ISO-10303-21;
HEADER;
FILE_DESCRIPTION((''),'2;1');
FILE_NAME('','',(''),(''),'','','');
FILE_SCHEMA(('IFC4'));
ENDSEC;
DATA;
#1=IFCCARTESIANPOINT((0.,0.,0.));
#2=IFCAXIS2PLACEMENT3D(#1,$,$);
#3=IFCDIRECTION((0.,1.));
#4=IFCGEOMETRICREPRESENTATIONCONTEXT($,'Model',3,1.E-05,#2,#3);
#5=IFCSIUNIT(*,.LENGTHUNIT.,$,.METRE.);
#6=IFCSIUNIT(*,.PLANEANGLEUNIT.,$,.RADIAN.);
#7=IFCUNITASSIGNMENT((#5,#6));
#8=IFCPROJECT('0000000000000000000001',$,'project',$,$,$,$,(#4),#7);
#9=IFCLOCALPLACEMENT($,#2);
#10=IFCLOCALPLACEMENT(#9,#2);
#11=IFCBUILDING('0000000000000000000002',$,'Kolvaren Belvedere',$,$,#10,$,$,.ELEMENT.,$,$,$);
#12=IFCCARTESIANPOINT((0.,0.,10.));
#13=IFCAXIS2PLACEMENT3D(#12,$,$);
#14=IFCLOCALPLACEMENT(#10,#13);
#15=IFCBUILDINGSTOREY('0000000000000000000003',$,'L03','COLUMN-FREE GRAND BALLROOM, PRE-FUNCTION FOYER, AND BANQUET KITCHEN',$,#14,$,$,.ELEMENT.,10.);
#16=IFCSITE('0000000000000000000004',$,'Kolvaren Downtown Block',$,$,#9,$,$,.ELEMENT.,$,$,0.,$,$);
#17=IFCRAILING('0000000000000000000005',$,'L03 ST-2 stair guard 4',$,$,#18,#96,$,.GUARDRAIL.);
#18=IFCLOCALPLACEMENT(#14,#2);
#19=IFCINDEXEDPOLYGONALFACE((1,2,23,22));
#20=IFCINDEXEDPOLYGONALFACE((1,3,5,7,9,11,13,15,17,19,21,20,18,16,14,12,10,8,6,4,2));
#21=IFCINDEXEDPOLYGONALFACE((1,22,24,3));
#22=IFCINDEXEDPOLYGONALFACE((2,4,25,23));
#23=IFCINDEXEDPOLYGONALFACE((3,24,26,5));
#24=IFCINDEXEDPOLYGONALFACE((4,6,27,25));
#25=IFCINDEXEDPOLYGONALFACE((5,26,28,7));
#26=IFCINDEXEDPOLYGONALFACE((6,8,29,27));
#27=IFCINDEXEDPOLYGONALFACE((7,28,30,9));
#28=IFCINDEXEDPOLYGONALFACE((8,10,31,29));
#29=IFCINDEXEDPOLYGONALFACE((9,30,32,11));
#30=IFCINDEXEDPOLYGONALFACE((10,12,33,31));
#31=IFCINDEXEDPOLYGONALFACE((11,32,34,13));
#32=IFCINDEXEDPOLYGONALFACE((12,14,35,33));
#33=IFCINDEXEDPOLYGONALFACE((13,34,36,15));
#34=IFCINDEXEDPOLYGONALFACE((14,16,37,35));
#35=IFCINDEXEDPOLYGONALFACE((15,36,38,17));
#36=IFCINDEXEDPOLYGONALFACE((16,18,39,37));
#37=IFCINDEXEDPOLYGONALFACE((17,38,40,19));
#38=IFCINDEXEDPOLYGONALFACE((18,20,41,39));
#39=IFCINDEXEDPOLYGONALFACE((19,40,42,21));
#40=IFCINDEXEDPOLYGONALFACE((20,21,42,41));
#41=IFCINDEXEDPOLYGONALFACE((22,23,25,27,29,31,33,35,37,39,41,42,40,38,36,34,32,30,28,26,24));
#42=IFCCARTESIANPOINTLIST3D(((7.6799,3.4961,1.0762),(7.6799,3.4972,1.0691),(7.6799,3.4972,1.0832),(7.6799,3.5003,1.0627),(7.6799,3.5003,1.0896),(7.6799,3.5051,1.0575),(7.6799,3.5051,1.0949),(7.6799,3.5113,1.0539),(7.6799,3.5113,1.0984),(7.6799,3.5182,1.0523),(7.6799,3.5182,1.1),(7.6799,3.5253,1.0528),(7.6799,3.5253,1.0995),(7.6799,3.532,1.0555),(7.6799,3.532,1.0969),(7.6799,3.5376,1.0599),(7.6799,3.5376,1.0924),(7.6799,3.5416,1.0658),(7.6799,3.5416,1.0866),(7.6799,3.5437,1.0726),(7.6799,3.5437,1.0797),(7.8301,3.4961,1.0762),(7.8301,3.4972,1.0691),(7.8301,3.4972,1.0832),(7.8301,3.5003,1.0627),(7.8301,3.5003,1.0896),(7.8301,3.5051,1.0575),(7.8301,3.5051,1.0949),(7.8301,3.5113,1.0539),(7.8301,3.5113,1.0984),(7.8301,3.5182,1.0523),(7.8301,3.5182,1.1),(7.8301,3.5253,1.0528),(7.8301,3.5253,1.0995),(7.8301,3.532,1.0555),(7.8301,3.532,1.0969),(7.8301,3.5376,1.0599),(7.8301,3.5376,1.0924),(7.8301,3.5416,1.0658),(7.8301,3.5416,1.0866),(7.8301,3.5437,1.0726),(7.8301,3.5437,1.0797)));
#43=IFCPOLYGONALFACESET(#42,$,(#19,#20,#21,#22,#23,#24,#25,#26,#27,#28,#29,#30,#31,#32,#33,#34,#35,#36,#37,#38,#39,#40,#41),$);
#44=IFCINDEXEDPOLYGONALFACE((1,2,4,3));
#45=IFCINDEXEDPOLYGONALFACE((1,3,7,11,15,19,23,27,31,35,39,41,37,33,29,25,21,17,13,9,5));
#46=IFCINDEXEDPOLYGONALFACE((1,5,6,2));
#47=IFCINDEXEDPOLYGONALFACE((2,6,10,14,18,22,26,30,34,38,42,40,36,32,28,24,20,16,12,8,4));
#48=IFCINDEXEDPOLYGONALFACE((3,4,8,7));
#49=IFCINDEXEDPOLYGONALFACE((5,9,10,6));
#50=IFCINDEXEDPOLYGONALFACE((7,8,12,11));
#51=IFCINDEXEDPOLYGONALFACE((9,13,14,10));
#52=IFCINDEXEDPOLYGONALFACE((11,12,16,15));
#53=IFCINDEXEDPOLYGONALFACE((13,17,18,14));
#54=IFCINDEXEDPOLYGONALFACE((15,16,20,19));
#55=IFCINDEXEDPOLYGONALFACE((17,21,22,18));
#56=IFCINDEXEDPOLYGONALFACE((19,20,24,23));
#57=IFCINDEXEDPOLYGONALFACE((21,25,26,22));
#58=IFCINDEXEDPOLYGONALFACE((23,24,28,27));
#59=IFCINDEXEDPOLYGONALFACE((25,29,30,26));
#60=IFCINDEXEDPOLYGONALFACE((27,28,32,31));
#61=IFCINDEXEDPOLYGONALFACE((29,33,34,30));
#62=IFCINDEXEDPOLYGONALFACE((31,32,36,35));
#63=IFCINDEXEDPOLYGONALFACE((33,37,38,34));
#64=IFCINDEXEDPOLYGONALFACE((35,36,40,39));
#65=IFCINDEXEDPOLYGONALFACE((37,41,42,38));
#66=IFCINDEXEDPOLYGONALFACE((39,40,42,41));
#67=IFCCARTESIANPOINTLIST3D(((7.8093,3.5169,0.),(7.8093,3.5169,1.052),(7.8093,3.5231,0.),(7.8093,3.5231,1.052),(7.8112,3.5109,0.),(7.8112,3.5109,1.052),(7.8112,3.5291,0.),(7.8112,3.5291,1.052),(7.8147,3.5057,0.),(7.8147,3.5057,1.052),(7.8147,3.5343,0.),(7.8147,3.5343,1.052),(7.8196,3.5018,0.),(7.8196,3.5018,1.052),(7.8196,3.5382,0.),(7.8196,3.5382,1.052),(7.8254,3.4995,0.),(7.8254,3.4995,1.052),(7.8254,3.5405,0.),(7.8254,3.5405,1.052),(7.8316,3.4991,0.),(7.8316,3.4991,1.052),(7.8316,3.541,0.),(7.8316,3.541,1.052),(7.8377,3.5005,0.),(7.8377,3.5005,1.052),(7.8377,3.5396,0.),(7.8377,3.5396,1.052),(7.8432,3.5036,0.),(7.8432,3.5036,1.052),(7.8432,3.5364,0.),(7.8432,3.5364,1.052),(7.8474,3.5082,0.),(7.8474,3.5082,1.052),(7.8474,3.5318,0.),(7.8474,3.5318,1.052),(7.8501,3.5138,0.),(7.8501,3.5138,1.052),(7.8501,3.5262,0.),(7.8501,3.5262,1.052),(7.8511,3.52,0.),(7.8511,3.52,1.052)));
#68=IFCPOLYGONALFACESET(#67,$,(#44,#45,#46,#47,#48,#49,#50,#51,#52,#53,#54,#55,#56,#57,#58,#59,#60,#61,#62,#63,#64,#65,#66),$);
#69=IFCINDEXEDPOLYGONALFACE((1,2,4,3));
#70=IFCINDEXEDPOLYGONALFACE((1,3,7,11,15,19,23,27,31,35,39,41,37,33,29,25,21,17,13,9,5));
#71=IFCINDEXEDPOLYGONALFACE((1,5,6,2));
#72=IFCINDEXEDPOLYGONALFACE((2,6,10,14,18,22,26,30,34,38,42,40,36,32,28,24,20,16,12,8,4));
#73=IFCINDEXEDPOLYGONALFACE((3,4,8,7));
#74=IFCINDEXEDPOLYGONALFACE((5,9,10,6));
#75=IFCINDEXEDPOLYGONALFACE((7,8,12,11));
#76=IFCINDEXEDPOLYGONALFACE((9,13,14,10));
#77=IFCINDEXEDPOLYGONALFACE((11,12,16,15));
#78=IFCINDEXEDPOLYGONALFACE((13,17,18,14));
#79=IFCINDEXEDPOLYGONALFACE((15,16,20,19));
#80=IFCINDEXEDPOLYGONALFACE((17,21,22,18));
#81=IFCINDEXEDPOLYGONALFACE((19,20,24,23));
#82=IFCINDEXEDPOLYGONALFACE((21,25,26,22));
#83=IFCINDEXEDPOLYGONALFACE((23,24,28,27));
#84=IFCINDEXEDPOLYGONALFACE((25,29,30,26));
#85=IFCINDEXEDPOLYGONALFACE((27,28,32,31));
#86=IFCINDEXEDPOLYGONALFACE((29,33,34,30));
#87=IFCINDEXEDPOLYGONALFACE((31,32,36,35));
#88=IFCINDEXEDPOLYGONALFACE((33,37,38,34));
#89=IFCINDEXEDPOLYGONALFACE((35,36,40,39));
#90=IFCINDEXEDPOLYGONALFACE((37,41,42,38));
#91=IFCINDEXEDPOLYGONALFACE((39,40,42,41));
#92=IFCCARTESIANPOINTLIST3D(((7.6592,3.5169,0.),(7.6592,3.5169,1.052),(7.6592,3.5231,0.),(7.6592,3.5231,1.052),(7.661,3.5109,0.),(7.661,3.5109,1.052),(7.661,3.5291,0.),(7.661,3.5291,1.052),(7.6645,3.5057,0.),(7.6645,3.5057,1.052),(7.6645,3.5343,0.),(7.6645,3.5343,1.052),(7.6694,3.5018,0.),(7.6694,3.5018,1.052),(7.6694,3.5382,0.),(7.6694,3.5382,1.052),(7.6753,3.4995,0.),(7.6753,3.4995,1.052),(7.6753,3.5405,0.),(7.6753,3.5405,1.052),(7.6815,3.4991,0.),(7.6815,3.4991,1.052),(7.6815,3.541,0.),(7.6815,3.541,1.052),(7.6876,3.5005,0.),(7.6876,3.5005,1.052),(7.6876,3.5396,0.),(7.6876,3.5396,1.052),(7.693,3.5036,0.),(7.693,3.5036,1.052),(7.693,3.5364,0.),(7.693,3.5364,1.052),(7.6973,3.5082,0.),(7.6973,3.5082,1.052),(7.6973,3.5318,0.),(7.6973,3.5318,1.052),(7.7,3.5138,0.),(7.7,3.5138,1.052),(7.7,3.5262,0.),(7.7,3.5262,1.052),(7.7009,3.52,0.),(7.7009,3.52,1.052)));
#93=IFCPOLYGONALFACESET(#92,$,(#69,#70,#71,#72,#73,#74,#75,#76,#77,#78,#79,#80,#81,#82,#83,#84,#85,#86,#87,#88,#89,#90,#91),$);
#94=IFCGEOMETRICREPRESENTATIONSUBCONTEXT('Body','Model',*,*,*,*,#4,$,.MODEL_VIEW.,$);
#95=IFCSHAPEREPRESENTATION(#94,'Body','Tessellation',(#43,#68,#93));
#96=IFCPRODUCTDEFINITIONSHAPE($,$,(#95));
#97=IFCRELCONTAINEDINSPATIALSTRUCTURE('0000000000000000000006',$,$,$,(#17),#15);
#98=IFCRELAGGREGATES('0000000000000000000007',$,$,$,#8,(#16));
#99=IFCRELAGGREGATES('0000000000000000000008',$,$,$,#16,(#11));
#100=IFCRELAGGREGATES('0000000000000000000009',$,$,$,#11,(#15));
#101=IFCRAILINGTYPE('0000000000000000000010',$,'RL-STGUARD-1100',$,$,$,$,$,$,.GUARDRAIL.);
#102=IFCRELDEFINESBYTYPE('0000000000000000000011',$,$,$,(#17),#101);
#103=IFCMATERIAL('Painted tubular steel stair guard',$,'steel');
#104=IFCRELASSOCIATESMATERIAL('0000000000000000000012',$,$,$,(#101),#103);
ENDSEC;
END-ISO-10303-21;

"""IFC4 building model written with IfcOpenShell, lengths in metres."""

from ifc_helpers import new_model, si_unit, direction, frame, origin, origin_2d, place, context, subcontext, project, spatial, circle, extrude, material, type_object, element, save


model = new_model("IFC4")

# Units and contexts
model_context = context("Model", 3, precision=1e-05, world=origin(), true_north=direction((0.0, 1.0)))
body_context = subcontext(model_context, "Body", "Model", "MODEL_VIEW")
ifc_project = project(units=[si_unit("LENGTHUNIT", "METRE"), si_unit("PLANEANGLEUNIT", "RADIAN")], contexts=[model_context])

# Site, building, storey
site_placement = place(None, origin())
site = spatial("IfcSite", under=ifc_project, at=site_placement, Name="Kolvaren Downtown Block", CompositionType="ELEMENT", RefElevation=0.0)
building_placement = place(site_placement, origin())
building = spatial("IfcBuilding", under=site, at=building_placement, Name="Kolvaren Belvedere", CompositionType="ELEMENT")
storey_placement = place(building_placement, frame((0.0, 0.0, 10.0)))
storey = spatial("IfcBuildingStorey", under=building, at=storey_placement, Name="L03", Description="COLUMN-FREE GRAND BALLROOM, PRE-FUNCTION FOYER, AND BANQUET KITCHEN", CompositionType="ELEMENT", Elevation=10.0)

# Railing
ifc_material_1 = material(Name="Painted tubular steel stair guard", Category="steel")
railing_type_1 = type_object("IfcRailingType", Name="RL-STGUARD-1100", PredefinedType="GUARDRAIL", material=ifc_material_1)
railing_1_placement = place(storey_placement, frame((7.8301, 3.52, 0.0)))
element("IfcRailing", 1, at=railing_1_placement, inside=storey, type_object=railing_type_1, Name="L03 ST-2 stair guard 4", PredefinedType="GUARDRAIL", context=body_context, shape_type="SweptSolid", body=[
    extrude(circle(Radius=0.0239, at=origin_2d()), frame((0.0, 0.0, 1.0762), z_axis=(-1.0, 0.0, 0.0), x_axis=(0.0, -1.0, 0.0)), (0.0, 0.0, 1.0), 0.1501),
    extrude(circle(Radius=0.021, at=origin_2d()), origin(), (0.0, 0.0, 1.0), 1.052),
    extrude(circle(Radius=0.021, at=origin_2d()), frame((-0.1501, 0.0, 0.0)), (0.0, 0.0, 1.0), 1.052),
])

save(model, "model.ifc")
